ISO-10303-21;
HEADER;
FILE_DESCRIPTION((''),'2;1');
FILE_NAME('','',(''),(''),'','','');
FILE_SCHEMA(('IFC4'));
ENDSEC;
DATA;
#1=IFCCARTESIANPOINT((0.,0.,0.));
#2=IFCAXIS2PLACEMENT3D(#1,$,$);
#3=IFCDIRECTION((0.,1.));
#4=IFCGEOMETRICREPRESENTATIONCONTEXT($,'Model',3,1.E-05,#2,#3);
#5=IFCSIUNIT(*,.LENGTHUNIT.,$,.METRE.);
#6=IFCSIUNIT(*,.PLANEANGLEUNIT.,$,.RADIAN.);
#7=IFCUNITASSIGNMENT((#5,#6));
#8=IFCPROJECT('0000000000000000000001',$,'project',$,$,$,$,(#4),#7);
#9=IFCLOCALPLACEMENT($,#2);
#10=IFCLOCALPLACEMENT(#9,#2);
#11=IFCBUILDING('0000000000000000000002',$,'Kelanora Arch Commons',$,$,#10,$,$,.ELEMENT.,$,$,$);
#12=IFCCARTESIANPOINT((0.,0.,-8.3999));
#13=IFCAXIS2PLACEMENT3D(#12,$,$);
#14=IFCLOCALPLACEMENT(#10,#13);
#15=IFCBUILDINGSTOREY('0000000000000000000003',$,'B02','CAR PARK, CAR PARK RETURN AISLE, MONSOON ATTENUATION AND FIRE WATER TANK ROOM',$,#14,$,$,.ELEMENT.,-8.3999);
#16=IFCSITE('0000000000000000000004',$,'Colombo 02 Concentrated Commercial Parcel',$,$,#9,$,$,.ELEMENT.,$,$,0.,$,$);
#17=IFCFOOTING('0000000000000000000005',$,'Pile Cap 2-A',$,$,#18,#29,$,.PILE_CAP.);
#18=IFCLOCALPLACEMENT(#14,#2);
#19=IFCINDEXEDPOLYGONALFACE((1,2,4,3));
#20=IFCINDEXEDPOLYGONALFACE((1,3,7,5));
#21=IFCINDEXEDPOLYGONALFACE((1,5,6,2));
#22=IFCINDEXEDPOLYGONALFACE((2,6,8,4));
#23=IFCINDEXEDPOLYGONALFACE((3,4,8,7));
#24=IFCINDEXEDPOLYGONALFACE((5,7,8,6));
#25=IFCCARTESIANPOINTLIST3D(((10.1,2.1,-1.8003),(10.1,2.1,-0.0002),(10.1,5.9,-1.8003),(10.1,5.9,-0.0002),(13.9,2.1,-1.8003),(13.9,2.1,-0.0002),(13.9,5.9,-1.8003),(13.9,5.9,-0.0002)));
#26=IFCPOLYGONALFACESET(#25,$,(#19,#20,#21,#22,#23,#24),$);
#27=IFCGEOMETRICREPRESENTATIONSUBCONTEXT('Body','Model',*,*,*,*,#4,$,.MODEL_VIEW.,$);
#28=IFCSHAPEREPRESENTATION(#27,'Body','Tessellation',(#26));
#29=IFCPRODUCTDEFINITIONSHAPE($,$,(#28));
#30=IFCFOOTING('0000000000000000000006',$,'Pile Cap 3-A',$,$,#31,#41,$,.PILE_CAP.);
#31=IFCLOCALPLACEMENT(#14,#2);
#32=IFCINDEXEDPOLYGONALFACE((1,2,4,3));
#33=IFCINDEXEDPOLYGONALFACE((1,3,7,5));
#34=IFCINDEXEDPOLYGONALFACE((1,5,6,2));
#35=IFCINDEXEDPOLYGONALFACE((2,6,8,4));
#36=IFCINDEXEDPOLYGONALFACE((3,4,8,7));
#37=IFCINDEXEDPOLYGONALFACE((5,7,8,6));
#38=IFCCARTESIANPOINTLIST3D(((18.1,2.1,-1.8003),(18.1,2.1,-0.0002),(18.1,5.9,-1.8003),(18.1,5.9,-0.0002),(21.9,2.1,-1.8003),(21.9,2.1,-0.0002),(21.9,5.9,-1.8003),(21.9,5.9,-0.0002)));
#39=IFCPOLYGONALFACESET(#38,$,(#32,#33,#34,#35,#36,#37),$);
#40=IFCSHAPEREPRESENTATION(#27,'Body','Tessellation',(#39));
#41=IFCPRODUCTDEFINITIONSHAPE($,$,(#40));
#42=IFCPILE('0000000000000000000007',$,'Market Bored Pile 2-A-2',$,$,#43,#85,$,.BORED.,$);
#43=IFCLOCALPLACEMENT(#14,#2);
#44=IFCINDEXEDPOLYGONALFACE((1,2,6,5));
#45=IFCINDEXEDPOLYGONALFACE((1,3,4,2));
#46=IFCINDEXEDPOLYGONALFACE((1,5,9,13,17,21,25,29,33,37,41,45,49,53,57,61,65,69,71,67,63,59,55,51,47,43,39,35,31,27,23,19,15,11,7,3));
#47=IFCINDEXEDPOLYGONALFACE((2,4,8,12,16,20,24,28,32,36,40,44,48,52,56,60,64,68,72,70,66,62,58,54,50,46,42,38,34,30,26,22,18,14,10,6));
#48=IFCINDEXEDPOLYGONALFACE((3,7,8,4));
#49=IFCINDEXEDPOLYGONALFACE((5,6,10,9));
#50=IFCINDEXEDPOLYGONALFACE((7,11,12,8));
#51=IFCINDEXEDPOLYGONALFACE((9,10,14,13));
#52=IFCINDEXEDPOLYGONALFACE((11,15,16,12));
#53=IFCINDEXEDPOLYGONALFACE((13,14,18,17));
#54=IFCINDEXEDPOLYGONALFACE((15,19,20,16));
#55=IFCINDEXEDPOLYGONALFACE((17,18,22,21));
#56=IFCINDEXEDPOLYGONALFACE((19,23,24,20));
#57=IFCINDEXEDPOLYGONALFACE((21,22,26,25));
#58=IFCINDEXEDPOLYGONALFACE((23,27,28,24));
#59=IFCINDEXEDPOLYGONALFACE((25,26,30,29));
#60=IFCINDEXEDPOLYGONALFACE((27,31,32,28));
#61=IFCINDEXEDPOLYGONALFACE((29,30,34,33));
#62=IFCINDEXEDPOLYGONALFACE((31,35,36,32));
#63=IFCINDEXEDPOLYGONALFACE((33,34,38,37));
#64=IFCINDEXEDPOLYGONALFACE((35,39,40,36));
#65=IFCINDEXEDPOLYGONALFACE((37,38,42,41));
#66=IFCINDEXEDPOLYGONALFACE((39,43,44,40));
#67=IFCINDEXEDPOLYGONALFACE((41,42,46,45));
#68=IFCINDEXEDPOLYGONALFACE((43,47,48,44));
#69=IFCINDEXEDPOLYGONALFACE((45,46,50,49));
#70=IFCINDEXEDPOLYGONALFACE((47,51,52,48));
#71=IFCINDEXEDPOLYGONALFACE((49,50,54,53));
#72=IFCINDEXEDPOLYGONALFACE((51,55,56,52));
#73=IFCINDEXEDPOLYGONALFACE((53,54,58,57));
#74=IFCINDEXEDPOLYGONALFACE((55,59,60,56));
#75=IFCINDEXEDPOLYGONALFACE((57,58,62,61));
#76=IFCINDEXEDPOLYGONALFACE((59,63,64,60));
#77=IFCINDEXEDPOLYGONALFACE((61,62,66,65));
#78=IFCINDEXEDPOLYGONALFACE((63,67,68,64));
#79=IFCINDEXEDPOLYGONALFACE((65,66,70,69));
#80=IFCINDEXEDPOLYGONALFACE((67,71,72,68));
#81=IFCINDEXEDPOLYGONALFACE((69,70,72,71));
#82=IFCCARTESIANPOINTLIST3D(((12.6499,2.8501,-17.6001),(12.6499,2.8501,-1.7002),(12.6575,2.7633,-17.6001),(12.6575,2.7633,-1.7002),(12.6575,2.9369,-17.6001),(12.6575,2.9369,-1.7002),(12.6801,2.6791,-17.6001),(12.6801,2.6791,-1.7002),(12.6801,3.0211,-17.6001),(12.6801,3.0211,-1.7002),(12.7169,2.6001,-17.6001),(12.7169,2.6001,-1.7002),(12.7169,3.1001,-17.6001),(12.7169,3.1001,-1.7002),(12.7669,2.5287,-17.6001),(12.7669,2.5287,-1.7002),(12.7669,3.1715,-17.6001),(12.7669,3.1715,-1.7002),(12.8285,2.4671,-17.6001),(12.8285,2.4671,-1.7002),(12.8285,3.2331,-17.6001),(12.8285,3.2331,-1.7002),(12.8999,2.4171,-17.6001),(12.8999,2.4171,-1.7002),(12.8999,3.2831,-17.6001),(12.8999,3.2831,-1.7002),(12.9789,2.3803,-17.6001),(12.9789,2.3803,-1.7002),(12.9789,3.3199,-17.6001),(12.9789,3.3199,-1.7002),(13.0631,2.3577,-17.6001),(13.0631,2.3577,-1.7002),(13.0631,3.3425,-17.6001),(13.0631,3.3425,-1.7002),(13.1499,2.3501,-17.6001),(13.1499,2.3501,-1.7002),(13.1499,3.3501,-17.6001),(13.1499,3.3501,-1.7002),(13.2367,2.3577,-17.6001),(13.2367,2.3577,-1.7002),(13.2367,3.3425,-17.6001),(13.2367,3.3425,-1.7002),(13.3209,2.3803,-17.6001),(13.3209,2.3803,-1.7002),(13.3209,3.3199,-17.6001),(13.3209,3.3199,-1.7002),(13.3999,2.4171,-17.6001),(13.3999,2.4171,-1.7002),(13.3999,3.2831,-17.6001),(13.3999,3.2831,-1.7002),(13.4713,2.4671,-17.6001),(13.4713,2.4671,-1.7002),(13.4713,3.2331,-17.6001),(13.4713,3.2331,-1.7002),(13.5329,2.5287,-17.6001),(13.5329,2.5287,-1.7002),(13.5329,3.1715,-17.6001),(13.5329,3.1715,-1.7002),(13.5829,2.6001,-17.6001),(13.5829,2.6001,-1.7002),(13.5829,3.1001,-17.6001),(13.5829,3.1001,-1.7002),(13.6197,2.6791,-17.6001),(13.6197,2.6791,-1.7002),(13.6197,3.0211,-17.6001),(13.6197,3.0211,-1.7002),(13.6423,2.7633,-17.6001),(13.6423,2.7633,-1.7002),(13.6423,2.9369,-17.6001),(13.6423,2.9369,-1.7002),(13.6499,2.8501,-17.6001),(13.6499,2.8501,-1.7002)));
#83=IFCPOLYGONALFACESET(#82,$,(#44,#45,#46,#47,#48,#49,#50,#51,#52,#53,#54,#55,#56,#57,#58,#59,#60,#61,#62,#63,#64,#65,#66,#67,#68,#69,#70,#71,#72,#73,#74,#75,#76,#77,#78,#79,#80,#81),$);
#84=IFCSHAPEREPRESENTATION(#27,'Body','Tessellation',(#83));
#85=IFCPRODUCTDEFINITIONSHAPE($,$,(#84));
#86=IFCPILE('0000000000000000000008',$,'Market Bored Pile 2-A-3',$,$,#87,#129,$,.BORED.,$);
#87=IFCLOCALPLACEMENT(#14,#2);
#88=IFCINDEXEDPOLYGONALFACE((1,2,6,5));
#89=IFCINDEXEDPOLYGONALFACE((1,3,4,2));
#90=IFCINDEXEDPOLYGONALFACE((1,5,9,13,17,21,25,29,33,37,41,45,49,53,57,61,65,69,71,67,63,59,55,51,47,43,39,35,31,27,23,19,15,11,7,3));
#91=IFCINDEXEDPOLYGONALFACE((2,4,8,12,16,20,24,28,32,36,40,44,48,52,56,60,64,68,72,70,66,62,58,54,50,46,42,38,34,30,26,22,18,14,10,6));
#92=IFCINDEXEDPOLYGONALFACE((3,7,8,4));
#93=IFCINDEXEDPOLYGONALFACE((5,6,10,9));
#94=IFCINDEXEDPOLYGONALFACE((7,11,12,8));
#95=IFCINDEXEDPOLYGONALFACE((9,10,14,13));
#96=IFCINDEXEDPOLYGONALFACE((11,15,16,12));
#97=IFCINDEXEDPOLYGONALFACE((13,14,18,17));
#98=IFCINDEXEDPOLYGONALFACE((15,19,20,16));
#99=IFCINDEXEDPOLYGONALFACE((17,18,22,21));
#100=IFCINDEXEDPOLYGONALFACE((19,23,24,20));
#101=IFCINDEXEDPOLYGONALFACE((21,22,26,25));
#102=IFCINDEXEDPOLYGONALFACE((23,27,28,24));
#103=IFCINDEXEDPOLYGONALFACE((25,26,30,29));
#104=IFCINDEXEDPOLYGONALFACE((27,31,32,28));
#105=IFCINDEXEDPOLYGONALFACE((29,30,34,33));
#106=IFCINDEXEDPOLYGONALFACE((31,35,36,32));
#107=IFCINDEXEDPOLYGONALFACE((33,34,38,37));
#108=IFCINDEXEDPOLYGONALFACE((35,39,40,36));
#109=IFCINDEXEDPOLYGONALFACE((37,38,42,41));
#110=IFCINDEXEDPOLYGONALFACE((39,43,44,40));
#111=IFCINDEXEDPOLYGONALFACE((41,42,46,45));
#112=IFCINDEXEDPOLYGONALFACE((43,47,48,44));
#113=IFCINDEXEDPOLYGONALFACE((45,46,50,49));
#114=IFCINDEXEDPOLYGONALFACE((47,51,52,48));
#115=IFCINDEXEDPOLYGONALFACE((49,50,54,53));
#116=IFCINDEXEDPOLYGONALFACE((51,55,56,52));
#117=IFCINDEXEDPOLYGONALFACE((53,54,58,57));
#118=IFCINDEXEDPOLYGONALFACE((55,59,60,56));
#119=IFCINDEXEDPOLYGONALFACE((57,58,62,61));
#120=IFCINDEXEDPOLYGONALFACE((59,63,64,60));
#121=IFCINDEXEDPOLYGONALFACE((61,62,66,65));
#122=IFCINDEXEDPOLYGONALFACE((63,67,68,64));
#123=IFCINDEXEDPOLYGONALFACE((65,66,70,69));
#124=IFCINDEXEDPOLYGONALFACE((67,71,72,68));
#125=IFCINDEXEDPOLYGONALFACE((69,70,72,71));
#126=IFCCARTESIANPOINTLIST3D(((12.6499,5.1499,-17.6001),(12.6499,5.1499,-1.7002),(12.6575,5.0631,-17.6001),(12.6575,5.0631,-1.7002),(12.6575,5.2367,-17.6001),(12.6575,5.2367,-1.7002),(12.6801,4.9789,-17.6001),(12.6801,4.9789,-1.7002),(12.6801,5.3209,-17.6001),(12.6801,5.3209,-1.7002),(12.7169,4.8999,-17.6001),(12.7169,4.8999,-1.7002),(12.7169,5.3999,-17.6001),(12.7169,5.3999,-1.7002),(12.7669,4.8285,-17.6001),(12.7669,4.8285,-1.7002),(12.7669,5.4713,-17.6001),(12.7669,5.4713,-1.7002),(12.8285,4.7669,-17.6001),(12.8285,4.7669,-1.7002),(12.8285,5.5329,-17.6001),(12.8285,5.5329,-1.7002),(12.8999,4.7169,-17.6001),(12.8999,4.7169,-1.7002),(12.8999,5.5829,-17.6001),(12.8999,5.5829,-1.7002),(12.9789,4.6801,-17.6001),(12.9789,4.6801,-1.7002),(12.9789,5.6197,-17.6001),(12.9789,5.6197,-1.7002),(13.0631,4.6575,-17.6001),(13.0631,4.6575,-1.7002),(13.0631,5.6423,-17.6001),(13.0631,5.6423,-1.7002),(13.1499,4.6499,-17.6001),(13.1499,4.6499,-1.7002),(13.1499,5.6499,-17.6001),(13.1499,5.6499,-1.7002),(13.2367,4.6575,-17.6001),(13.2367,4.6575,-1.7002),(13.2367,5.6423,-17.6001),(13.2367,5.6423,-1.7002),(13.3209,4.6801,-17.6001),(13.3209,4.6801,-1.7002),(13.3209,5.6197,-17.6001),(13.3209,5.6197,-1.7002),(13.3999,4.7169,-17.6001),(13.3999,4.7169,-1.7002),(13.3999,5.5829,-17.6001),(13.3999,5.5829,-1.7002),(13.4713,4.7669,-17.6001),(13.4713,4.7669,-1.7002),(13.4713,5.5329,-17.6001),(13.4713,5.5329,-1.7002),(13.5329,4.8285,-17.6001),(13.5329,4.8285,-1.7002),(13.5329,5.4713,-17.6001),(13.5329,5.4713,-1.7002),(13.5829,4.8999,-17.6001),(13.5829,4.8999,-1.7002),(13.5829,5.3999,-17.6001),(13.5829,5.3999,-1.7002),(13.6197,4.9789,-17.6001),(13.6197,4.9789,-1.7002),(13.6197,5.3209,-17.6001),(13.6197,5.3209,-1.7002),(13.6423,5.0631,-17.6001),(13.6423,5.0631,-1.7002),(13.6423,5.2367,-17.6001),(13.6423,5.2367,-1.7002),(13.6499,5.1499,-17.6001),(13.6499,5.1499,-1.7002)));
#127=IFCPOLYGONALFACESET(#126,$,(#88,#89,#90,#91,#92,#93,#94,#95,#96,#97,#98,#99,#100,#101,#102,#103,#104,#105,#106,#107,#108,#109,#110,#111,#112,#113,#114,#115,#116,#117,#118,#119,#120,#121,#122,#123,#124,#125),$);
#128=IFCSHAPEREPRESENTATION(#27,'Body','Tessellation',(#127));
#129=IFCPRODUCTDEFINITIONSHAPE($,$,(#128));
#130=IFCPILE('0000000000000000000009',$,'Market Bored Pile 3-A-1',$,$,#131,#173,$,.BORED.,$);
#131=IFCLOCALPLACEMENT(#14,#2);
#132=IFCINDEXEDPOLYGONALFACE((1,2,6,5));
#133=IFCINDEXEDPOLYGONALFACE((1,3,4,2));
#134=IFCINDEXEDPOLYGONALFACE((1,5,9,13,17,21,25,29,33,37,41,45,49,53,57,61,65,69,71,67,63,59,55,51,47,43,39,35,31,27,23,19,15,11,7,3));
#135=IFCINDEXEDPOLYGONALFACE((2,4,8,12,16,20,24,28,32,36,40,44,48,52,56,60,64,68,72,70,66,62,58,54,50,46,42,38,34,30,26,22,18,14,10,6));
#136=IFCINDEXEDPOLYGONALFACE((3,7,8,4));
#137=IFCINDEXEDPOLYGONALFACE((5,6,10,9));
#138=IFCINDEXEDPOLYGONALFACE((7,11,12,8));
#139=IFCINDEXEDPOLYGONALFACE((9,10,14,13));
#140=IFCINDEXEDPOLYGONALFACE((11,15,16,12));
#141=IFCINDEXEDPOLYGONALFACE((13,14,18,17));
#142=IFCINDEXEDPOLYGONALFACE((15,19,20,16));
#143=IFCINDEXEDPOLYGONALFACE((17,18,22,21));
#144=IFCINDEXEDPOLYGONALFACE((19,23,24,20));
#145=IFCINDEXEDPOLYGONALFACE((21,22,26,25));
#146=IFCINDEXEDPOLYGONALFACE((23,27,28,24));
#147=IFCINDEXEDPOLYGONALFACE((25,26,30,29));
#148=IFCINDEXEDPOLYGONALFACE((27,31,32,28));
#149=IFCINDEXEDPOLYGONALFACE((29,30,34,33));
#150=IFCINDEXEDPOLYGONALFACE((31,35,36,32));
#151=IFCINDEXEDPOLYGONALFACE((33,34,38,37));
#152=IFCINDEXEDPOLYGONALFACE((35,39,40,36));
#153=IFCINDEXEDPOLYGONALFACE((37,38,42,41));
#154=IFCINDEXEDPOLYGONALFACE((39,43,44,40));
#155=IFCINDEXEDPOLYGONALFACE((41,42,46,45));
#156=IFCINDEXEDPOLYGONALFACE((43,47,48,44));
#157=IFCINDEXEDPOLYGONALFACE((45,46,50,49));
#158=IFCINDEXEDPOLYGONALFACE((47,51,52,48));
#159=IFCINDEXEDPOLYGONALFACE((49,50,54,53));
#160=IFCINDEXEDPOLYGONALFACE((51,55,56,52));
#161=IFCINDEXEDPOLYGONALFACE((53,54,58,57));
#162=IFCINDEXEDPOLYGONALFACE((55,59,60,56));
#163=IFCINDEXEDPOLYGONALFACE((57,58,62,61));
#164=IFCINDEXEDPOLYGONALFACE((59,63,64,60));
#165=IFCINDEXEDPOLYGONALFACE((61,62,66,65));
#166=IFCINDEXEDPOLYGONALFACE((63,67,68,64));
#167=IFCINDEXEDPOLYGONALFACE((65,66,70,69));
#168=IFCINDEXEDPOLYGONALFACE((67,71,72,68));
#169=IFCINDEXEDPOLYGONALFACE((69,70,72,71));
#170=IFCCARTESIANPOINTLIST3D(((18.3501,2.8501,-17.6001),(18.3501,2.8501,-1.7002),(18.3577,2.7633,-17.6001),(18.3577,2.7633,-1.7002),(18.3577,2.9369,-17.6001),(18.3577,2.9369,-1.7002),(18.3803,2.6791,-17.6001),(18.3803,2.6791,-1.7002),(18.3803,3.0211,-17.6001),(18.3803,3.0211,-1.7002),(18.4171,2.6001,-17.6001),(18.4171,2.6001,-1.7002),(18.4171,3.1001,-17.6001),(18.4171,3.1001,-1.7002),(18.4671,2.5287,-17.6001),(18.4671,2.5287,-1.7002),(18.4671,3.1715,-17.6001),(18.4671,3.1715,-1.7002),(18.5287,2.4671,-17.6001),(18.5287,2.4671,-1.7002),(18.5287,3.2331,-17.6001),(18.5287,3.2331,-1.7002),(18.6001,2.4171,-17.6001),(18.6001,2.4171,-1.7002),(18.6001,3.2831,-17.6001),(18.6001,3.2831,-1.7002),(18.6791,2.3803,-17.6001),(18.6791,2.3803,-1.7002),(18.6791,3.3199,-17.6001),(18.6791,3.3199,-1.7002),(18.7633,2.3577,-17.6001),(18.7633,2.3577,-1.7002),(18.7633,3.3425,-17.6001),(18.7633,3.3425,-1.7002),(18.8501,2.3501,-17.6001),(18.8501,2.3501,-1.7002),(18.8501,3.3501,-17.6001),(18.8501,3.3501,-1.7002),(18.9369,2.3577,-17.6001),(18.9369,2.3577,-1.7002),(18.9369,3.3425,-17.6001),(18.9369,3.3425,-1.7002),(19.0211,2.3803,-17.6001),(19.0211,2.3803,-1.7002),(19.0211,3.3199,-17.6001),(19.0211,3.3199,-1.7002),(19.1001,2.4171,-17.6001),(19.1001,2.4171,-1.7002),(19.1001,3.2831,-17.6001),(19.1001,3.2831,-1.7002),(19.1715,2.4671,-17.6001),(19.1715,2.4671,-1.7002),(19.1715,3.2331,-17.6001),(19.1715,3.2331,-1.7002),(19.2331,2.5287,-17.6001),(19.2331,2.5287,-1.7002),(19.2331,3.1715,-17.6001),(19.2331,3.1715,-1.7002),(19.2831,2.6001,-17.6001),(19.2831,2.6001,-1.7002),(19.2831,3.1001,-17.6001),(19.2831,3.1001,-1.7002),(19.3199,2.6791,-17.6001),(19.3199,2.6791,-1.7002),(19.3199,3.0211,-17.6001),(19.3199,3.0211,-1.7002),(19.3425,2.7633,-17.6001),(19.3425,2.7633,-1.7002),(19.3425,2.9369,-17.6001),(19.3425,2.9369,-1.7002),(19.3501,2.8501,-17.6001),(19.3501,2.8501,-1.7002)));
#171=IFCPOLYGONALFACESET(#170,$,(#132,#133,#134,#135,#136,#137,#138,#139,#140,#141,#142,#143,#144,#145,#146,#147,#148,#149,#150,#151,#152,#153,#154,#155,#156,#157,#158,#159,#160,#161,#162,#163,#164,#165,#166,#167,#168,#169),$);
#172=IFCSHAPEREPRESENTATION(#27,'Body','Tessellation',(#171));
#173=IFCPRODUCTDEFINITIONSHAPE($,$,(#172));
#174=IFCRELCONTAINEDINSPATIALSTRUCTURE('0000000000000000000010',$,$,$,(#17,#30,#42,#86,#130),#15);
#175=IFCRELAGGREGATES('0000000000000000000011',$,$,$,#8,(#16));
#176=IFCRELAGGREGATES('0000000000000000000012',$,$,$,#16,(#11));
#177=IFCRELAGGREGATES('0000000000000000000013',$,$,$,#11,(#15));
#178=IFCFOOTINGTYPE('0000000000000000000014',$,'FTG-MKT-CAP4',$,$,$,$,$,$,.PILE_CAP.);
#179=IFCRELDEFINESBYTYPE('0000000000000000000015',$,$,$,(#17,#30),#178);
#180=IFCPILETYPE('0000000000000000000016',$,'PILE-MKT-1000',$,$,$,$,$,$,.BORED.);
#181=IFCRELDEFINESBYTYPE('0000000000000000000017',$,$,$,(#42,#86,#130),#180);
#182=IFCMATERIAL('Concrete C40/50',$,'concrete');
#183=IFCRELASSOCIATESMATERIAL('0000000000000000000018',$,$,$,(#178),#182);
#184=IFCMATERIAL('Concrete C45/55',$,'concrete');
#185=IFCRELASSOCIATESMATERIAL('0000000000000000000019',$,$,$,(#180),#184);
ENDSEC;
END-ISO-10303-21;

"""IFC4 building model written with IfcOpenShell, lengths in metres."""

from ifc_helpers import new_model, si_unit, direction, frame, origin, origin_2d, place, context, subcontext, project, spatial, rectangle, circle, extrude, source, transform, mapped, material, material_profile, profile_set, type_object, element, save


model = new_model("IFC4")

# Units and contexts
model_context = context("Model", 3, precision=1e-05, world=origin(), true_north=direction((0.0, 1.0)))
body_context = subcontext(model_context, "Body", "Model", "MODEL_VIEW")
ifc_project = project(units=[si_unit("LENGTHUNIT", "METRE"), si_unit("PLANEANGLEUNIT", "RADIAN")], contexts=[model_context])

# Site, building, storey
site_placement = place(None, origin())
site = spatial("IfcSite", under=ifc_project, at=site_placement, Name="Colombo 02 Concentrated Commercial Parcel", CompositionType="ELEMENT", RefElevation=0.0)
building_placement = place(site_placement, origin())
building = spatial("IfcBuilding", under=site, at=building_placement, Name="Kelanora Arch Commons", CompositionType="ELEMENT")
storey_placement = place(building_placement, frame((0.0, 0.0, -8.3999)))
storey = spatial("IfcBuildingStorey", under=building, at=storey_placement, Name="B02", Description="CAR PARK, CAR PARK RETURN AISLE, MONSOON ATTENUATION AND FIRE WATER TANK ROOM", CompositionType="ELEMENT", Elevation=-8.3999)

# Footings
ifc_material_1 = material(Name="Concrete C40/50", Category="concrete")
footing_type_1 = type_object("IfcFootingType", Name="FTG-MKT-CAP4", PredefinedType="PILE_CAP", material=ifc_material_1)
shared_shape_1 = source(origin(), body_context, "Body", "SweptSolid", [
    extrude(rectangle(XDim=3.8, YDim=3.8, at=origin_2d()), origin(), (0.0, 0.0, 1.0), 1.8),
])
for number, where, z_axis, x_axis, name in (
    (1, (12.0, 4.0, -1.8003), (0.0, 0.0, 1.0), (1.0, 0.0, 0.0), "Pile Cap 2-A"),
    (2, (20.0, 4.0, -1.8003), (0.0, 0.0, 1.0), (1.0, 0.0, 0.0), "Pile Cap 3-A"),
):
    element("IfcFooting", number, at=place(storey_placement, frame(where, z_axis=z_axis, x_axis=x_axis)), inside=storey, type_object=footing_type_1, Name=name, PredefinedType="PILE_CAP", context=body_context, shape_type="MappedRepresentation", body=[
        mapped(shared_shape_1, transform((0.0, 0.0, 0.0), scale=1.0)),
    ])

# Piles
ifc_material_2 = material(Name="Concrete C45/55", Category="concrete")
ifc_material_profile_1 = material_profile(ifc_material_2, circle(Radius=0.5, at=origin_2d()), Name="PILE1000")
ifc_profile_set_1 = profile_set([ifc_material_profile_1], Name="Concrete C45/55")
pile_type = type_object("IfcPileType", Name="PILE-MKT-1000", PredefinedType="BORED", material=ifc_profile_set_1)
shared_shape_2 = source(origin(), body_context, "Body", "SweptSolid", [
    extrude(circle(Radius=0.5, at=origin_2d()), origin(), (0.0, 0.0, 1.0), 15.8999),
])
for number, where, z_axis, x_axis, name in (
    (3, (13.1499, 2.8501, -1.7002), (0.0, 0.0, -1.0), (1.0, 0.0, 0.0), "Market Bored Pile 2-A-2"),
    (4, (13.1499, 5.1499, -1.7002), (0.0, 0.0, -1.0), (1.0, 0.0, 0.0), "Market Bored Pile 2-A-3"),
    (5, (18.8501, 2.8501, -1.7002), (0.0, 0.0, -1.0), (1.0, 0.0, 0.0), "Market Bored Pile 3-A-1"),
):
    element("IfcPile", number, at=place(storey_placement, frame(where, z_axis=z_axis, x_axis=x_axis)), inside=storey, type_object=pile_type, Name=name, PredefinedType="BORED", context=body_context, shape_type="MappedRepresentation", body=[
        mapped(shared_shape_2, transform((0.0, 0.0, 0.0), scale=1.0)),
    ])

save(model, "model.ifc")
